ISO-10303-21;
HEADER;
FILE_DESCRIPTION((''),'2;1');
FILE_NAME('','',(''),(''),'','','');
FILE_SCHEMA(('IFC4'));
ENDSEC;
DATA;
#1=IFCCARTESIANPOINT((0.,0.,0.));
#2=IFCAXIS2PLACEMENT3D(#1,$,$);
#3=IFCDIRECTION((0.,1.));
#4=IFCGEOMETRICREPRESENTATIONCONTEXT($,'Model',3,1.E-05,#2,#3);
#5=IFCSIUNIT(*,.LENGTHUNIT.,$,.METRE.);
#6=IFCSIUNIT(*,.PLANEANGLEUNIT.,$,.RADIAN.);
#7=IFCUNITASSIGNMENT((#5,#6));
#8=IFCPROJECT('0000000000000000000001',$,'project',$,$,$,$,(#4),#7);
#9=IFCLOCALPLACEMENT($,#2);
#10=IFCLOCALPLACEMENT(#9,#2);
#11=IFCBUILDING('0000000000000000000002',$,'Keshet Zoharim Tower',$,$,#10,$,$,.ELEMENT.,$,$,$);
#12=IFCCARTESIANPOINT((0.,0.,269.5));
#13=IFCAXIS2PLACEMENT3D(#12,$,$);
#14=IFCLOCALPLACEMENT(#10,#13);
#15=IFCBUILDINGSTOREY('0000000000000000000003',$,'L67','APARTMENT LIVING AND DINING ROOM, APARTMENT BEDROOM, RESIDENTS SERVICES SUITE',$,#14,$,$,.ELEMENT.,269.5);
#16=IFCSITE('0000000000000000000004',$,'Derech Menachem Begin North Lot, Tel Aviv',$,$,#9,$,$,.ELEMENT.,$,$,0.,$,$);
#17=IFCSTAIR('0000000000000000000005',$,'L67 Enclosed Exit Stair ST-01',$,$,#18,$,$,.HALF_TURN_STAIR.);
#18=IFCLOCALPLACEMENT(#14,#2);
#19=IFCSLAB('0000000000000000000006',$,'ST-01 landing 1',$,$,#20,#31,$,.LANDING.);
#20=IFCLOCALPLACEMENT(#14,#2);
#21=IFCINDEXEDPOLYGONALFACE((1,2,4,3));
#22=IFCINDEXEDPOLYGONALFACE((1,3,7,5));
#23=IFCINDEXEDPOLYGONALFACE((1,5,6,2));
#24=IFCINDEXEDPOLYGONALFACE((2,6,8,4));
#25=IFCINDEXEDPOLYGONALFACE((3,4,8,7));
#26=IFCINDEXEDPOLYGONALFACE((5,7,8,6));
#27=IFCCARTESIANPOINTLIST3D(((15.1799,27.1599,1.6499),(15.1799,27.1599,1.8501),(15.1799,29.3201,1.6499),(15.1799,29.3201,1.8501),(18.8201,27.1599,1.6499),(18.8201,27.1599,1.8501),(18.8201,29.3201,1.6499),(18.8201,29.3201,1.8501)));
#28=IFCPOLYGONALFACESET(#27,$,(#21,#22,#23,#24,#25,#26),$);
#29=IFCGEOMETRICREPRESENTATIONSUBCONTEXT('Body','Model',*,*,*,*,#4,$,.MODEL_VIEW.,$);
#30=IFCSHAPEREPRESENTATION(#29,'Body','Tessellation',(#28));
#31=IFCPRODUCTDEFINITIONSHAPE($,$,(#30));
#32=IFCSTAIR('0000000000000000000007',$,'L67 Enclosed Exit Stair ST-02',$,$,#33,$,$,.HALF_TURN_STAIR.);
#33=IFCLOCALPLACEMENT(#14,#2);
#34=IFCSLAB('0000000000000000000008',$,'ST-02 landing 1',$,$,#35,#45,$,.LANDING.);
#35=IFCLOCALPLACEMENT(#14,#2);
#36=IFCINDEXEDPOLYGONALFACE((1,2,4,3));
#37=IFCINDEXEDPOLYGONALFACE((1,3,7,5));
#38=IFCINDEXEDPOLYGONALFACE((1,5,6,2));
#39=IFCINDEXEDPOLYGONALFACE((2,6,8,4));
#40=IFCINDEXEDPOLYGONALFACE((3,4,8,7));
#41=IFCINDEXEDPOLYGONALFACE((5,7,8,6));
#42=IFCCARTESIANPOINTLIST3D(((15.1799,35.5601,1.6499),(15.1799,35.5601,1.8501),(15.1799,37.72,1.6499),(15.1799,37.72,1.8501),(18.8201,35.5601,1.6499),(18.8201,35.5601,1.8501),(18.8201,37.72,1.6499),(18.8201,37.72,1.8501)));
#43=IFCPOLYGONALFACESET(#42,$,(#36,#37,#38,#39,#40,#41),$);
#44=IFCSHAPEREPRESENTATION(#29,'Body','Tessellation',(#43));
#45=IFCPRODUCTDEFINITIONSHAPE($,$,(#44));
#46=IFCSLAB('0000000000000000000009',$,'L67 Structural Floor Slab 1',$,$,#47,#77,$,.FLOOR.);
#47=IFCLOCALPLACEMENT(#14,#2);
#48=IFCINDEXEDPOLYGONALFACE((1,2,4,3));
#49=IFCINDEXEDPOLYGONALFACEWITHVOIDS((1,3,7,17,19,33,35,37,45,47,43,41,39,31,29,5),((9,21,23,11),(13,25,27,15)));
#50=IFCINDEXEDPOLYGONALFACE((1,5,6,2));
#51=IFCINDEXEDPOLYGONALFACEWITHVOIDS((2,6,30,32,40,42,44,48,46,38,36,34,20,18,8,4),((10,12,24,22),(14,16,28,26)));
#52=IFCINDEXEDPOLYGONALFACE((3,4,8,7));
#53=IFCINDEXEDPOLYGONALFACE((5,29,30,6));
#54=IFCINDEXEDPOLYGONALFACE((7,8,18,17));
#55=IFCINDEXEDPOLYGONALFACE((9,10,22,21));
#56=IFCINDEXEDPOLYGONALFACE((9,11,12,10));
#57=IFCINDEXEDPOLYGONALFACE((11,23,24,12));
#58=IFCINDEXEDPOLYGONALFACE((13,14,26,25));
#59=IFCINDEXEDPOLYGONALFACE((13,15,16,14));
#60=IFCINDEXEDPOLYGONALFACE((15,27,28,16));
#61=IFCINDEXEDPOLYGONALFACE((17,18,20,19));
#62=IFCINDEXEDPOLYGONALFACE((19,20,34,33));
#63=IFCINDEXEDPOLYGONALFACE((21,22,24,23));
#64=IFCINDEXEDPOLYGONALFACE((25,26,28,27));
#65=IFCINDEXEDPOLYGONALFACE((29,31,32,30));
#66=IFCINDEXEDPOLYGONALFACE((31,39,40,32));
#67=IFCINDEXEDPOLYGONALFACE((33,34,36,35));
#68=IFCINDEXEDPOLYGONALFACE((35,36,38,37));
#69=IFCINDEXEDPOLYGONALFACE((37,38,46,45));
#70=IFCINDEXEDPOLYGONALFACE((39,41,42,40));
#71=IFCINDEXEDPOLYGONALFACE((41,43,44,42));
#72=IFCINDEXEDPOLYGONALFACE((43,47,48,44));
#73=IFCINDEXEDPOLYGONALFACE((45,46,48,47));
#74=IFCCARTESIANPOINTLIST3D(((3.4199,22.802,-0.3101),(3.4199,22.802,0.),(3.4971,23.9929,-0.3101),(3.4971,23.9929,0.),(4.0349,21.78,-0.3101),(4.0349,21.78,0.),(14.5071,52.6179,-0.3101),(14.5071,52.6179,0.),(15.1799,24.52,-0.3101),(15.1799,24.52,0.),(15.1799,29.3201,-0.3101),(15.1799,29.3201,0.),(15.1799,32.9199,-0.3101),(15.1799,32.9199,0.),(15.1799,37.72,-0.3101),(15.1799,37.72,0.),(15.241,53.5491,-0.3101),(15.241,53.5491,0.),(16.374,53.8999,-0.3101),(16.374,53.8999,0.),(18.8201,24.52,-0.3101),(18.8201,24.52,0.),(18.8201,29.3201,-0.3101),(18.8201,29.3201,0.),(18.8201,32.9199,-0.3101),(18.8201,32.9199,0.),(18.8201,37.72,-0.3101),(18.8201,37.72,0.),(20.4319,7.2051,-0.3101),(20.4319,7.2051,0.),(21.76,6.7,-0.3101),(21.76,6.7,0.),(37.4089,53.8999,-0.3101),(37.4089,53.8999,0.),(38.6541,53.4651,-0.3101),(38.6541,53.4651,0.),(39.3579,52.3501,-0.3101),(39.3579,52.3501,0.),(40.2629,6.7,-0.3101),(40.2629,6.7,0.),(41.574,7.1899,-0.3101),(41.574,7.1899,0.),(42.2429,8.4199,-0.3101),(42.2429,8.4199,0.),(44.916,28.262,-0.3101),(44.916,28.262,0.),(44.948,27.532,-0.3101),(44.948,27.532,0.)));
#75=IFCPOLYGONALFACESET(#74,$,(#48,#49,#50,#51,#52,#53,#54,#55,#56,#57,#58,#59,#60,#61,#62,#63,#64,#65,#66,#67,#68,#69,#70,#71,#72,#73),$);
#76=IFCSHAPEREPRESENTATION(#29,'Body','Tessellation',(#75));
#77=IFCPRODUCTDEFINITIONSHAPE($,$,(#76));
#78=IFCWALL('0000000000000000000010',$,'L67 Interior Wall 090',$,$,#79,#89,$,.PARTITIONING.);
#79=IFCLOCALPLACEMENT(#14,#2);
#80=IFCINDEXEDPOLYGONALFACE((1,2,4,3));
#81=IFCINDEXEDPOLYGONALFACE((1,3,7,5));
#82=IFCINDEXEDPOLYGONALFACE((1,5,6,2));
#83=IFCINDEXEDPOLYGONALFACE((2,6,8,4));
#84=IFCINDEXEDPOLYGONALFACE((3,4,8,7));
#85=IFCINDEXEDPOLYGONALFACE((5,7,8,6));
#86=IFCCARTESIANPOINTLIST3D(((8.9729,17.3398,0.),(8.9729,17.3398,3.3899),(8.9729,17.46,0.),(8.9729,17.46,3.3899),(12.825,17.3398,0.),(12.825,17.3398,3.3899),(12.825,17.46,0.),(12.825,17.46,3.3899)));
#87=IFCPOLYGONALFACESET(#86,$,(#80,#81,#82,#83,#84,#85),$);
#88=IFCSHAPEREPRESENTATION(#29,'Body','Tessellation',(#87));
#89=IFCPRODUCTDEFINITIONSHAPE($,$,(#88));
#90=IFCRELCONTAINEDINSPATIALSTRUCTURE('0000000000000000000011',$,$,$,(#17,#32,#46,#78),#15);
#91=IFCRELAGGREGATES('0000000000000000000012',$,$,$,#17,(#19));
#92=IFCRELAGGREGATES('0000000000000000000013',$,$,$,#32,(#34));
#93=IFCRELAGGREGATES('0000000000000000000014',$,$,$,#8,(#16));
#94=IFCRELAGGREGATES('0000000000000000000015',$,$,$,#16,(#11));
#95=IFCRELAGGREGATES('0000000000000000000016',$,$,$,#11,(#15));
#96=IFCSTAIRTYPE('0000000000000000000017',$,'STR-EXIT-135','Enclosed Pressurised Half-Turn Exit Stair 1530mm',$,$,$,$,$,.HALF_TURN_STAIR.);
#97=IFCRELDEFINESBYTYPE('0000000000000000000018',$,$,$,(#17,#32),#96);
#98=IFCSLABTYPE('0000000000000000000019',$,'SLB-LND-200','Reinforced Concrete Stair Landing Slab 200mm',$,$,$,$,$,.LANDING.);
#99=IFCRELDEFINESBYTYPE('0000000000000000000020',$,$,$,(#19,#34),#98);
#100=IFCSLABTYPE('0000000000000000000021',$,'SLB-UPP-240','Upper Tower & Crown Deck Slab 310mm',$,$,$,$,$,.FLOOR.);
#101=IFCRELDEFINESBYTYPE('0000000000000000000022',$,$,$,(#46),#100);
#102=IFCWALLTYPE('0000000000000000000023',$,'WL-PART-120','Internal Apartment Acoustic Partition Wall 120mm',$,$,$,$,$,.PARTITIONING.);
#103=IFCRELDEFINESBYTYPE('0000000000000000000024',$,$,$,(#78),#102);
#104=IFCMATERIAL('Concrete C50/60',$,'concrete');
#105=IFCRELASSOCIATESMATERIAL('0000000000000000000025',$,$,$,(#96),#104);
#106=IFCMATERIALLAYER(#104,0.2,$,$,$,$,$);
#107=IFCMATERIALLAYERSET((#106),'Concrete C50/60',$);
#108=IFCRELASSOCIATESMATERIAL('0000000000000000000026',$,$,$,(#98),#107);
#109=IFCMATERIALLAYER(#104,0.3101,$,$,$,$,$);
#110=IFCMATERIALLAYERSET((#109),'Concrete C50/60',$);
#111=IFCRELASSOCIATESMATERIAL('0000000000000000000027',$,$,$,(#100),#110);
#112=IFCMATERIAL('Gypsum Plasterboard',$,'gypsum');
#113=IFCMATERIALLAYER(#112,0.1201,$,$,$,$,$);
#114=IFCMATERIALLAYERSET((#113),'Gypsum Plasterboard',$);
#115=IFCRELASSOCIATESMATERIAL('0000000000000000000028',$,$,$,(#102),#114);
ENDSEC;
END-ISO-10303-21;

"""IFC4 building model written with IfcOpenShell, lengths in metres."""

from ifc_helpers import new_model, si_unit, direction, frame, frame_2d, origin, place, context, subcontext, project, spatial, polyline, rectangle, outline, extrude, material, layer, layer_set, type_object, element, aggregate, save


model = new_model("IFC4")

# Units and contexts
model_context = context("Model", 3, precision=1e-05, world=origin(), true_north=direction((0.0, 1.0)))
body_context = subcontext(model_context, "Body", "Model", "MODEL_VIEW")
ifc_project = project(units=[si_unit("LENGTHUNIT", "METRE"), si_unit("PLANEANGLEUNIT", "RADIAN")], contexts=[model_context])

# Site, building, storey
site_placement = place(None, origin())
site = spatial("IfcSite", under=ifc_project, at=site_placement, Name="Derech Menachem Begin North Lot, Tel Aviv", CompositionType="ELEMENT", RefElevation=0.0)
building_placement = place(site_placement, origin())
building = spatial("IfcBuilding", under=site, at=building_placement, Name="Keshet Zoharim Tower", CompositionType="ELEMENT")
storey_placement = place(building_placement, frame((0.0, 0.0, 269.5)))
storey = spatial("IfcBuildingStorey", under=building, at=storey_placement, Name="L67", Description="APARTMENT LIVING AND DINING ROOM, APARTMENT BEDROOM, RESIDENTS SERVICES SUITE", CompositionType="ELEMENT", Elevation=269.5)

# Shared definitions
ifc_material_1 = material(Name="Concrete C50/60", Category="concrete")

# Stairs, slabs
stair_type = type_object("IfcStairType", Name="STR-EXIT-135", Description="Enclosed Pressurised Half-Turn Exit Stair 1530mm", PredefinedType="HALF_TURN_STAIR", material=ifc_material_1)
stair_1_placement = place(storey_placement, origin())
stair_1 = element("IfcStair", 1, at=stair_1_placement, inside=storey, type_object=stair_type, Name="L67 Enclosed Exit Stair ST-01", PredefinedType="HALF_TURN_STAIR")
ifc_layer_1 = layer(ifc_material_1, 0.2)
ifc_layer_set_1 = layer_set([ifc_layer_1], Name="Concrete C50/60")
slab_type_1 = type_object("IfcSlabType", Name="SLB-LND-200", Description="Reinforced Concrete Stair Landing Slab 200mm", PredefinedType="LANDING", material=ifc_layer_set_1)
slab_1_placement = place(storey_placement, frame((0.0, 0.0, 1.6499)))
slab_1 = element("IfcSlab", 2, at=slab_1_placement, type_object=slab_type_1, Name="ST-01 landing 1", PredefinedType="LANDING", context=body_context, shape_type="SweptSolid", body=[
    extrude(outline(polyline([(15.1799, 27.1599), (18.8201, 27.1599), (18.8201, 29.3201), (15.1799, 29.3201), (15.1799, 27.1599)])), origin(), (0.0, 0.0, 1.0), 0.2002),
])
aggregate(stair_1, [slab_1])
stair_2_placement = place(storey_placement, origin())
stair_2 = element("IfcStair", 3, at=stair_2_placement, inside=storey, type_object=stair_type, Name="L67 Enclosed Exit Stair ST-02", PredefinedType="HALF_TURN_STAIR")
slab_2_placement = place(storey_placement, frame((0.0, 0.0, 1.6499)))
slab_2 = element("IfcSlab", 4, at=slab_2_placement, type_object=slab_type_1, Name="ST-02 landing 1", PredefinedType="LANDING", context=body_context, shape_type="SweptSolid", body=[
    extrude(outline(polyline([(15.1799, 35.5601), (18.8201, 35.5601), (18.8201, 37.72), (15.1799, 37.72), (15.1799, 35.5601)])), origin(), (0.0, 0.0, 1.0), 0.2002),
])
aggregate(stair_2, [slab_2])

# Slab
ifc_layer_2 = layer(ifc_material_1, 0.3101)
ifc_layer_set_2 = layer_set([ifc_layer_2], Name="Concrete C50/60")
slab_type_2 = type_object("IfcSlabType", Name="SLB-UPP-240", Description="Upper Tower & Crown Deck Slab 310mm", PredefinedType="FLOOR", material=ifc_layer_set_2)
slab_3_placement = place(storey_placement, frame((0.0, 0.0, -0.3101)))
element("IfcSlab", 5, at=slab_3_placement, inside=storey, type_object=slab_type_2, Name="L67 Structural Floor Slab 1", PredefinedType="FLOOR", context=body_context, shape_type="SweptSolid", body=[
    extrude(outline(polyline([(4.0349, 21.78), (3.4199, 22.802), (3.4971, 23.9929), (14.5071, 52.6179), (15.241, 53.5491), (16.374, 53.8999), (37.4089, 53.8999), (38.6541, 53.4651), (39.3579, 52.3501), (44.916, 28.262), (44.948, 27.532), (42.2429, 8.4199), (41.574, 7.1899), (40.2629, 6.7), (21.76, 6.7), (20.4319, 7.2051), (4.0349, 21.78)]), holes=[polyline([(15.1799, 24.52), (18.8201, 24.52), (18.8201, 29.3201), (15.1799, 29.3201), (15.1799, 24.52)]), polyline([(15.1799, 32.9199), (18.8201, 32.9199), (18.8201, 37.72), (15.1799, 37.72), (15.1799, 32.9199)])]), origin(), (0.0, 0.0, 1.0), 0.3101),
])

# Shared definitions
ifc_material_2 = material(Name="Gypsum Plasterboard", Category="gypsum")

# Wall
ifc_layer_3 = layer(ifc_material_2, 0.1201)
ifc_layer_set_3 = layer_set([ifc_layer_3], Name="Gypsum Plasterboard")
wall_type_1 = type_object("IfcWallType", Name="WL-PART-120", Description="Internal Apartment Acoustic Partition Wall 120mm", PredefinedType="PARTITIONING", material=ifc_layer_set_3)
wall_1_placement = place(storey_placement, frame((8.9729, 17.3999, 0.0), z_axis=(0.0, 0.0, 1.0), x_axis=(1.0, 0.0, 0.0)))
element("IfcWall", 6, at=wall_1_placement, inside=storey, type_object=wall_type_1, Name="L67 Interior Wall 090", PredefinedType="PARTITIONING", context=body_context, shape_type="SweptSolid", body=[
    extrude(rectangle(XDim=3.8521, YDim=0.1201, at=frame_2d((1.926, 0.0))), origin(), (0.0, 0.0, 1.0), 3.3899),
])

save(model, "model.ifc")
